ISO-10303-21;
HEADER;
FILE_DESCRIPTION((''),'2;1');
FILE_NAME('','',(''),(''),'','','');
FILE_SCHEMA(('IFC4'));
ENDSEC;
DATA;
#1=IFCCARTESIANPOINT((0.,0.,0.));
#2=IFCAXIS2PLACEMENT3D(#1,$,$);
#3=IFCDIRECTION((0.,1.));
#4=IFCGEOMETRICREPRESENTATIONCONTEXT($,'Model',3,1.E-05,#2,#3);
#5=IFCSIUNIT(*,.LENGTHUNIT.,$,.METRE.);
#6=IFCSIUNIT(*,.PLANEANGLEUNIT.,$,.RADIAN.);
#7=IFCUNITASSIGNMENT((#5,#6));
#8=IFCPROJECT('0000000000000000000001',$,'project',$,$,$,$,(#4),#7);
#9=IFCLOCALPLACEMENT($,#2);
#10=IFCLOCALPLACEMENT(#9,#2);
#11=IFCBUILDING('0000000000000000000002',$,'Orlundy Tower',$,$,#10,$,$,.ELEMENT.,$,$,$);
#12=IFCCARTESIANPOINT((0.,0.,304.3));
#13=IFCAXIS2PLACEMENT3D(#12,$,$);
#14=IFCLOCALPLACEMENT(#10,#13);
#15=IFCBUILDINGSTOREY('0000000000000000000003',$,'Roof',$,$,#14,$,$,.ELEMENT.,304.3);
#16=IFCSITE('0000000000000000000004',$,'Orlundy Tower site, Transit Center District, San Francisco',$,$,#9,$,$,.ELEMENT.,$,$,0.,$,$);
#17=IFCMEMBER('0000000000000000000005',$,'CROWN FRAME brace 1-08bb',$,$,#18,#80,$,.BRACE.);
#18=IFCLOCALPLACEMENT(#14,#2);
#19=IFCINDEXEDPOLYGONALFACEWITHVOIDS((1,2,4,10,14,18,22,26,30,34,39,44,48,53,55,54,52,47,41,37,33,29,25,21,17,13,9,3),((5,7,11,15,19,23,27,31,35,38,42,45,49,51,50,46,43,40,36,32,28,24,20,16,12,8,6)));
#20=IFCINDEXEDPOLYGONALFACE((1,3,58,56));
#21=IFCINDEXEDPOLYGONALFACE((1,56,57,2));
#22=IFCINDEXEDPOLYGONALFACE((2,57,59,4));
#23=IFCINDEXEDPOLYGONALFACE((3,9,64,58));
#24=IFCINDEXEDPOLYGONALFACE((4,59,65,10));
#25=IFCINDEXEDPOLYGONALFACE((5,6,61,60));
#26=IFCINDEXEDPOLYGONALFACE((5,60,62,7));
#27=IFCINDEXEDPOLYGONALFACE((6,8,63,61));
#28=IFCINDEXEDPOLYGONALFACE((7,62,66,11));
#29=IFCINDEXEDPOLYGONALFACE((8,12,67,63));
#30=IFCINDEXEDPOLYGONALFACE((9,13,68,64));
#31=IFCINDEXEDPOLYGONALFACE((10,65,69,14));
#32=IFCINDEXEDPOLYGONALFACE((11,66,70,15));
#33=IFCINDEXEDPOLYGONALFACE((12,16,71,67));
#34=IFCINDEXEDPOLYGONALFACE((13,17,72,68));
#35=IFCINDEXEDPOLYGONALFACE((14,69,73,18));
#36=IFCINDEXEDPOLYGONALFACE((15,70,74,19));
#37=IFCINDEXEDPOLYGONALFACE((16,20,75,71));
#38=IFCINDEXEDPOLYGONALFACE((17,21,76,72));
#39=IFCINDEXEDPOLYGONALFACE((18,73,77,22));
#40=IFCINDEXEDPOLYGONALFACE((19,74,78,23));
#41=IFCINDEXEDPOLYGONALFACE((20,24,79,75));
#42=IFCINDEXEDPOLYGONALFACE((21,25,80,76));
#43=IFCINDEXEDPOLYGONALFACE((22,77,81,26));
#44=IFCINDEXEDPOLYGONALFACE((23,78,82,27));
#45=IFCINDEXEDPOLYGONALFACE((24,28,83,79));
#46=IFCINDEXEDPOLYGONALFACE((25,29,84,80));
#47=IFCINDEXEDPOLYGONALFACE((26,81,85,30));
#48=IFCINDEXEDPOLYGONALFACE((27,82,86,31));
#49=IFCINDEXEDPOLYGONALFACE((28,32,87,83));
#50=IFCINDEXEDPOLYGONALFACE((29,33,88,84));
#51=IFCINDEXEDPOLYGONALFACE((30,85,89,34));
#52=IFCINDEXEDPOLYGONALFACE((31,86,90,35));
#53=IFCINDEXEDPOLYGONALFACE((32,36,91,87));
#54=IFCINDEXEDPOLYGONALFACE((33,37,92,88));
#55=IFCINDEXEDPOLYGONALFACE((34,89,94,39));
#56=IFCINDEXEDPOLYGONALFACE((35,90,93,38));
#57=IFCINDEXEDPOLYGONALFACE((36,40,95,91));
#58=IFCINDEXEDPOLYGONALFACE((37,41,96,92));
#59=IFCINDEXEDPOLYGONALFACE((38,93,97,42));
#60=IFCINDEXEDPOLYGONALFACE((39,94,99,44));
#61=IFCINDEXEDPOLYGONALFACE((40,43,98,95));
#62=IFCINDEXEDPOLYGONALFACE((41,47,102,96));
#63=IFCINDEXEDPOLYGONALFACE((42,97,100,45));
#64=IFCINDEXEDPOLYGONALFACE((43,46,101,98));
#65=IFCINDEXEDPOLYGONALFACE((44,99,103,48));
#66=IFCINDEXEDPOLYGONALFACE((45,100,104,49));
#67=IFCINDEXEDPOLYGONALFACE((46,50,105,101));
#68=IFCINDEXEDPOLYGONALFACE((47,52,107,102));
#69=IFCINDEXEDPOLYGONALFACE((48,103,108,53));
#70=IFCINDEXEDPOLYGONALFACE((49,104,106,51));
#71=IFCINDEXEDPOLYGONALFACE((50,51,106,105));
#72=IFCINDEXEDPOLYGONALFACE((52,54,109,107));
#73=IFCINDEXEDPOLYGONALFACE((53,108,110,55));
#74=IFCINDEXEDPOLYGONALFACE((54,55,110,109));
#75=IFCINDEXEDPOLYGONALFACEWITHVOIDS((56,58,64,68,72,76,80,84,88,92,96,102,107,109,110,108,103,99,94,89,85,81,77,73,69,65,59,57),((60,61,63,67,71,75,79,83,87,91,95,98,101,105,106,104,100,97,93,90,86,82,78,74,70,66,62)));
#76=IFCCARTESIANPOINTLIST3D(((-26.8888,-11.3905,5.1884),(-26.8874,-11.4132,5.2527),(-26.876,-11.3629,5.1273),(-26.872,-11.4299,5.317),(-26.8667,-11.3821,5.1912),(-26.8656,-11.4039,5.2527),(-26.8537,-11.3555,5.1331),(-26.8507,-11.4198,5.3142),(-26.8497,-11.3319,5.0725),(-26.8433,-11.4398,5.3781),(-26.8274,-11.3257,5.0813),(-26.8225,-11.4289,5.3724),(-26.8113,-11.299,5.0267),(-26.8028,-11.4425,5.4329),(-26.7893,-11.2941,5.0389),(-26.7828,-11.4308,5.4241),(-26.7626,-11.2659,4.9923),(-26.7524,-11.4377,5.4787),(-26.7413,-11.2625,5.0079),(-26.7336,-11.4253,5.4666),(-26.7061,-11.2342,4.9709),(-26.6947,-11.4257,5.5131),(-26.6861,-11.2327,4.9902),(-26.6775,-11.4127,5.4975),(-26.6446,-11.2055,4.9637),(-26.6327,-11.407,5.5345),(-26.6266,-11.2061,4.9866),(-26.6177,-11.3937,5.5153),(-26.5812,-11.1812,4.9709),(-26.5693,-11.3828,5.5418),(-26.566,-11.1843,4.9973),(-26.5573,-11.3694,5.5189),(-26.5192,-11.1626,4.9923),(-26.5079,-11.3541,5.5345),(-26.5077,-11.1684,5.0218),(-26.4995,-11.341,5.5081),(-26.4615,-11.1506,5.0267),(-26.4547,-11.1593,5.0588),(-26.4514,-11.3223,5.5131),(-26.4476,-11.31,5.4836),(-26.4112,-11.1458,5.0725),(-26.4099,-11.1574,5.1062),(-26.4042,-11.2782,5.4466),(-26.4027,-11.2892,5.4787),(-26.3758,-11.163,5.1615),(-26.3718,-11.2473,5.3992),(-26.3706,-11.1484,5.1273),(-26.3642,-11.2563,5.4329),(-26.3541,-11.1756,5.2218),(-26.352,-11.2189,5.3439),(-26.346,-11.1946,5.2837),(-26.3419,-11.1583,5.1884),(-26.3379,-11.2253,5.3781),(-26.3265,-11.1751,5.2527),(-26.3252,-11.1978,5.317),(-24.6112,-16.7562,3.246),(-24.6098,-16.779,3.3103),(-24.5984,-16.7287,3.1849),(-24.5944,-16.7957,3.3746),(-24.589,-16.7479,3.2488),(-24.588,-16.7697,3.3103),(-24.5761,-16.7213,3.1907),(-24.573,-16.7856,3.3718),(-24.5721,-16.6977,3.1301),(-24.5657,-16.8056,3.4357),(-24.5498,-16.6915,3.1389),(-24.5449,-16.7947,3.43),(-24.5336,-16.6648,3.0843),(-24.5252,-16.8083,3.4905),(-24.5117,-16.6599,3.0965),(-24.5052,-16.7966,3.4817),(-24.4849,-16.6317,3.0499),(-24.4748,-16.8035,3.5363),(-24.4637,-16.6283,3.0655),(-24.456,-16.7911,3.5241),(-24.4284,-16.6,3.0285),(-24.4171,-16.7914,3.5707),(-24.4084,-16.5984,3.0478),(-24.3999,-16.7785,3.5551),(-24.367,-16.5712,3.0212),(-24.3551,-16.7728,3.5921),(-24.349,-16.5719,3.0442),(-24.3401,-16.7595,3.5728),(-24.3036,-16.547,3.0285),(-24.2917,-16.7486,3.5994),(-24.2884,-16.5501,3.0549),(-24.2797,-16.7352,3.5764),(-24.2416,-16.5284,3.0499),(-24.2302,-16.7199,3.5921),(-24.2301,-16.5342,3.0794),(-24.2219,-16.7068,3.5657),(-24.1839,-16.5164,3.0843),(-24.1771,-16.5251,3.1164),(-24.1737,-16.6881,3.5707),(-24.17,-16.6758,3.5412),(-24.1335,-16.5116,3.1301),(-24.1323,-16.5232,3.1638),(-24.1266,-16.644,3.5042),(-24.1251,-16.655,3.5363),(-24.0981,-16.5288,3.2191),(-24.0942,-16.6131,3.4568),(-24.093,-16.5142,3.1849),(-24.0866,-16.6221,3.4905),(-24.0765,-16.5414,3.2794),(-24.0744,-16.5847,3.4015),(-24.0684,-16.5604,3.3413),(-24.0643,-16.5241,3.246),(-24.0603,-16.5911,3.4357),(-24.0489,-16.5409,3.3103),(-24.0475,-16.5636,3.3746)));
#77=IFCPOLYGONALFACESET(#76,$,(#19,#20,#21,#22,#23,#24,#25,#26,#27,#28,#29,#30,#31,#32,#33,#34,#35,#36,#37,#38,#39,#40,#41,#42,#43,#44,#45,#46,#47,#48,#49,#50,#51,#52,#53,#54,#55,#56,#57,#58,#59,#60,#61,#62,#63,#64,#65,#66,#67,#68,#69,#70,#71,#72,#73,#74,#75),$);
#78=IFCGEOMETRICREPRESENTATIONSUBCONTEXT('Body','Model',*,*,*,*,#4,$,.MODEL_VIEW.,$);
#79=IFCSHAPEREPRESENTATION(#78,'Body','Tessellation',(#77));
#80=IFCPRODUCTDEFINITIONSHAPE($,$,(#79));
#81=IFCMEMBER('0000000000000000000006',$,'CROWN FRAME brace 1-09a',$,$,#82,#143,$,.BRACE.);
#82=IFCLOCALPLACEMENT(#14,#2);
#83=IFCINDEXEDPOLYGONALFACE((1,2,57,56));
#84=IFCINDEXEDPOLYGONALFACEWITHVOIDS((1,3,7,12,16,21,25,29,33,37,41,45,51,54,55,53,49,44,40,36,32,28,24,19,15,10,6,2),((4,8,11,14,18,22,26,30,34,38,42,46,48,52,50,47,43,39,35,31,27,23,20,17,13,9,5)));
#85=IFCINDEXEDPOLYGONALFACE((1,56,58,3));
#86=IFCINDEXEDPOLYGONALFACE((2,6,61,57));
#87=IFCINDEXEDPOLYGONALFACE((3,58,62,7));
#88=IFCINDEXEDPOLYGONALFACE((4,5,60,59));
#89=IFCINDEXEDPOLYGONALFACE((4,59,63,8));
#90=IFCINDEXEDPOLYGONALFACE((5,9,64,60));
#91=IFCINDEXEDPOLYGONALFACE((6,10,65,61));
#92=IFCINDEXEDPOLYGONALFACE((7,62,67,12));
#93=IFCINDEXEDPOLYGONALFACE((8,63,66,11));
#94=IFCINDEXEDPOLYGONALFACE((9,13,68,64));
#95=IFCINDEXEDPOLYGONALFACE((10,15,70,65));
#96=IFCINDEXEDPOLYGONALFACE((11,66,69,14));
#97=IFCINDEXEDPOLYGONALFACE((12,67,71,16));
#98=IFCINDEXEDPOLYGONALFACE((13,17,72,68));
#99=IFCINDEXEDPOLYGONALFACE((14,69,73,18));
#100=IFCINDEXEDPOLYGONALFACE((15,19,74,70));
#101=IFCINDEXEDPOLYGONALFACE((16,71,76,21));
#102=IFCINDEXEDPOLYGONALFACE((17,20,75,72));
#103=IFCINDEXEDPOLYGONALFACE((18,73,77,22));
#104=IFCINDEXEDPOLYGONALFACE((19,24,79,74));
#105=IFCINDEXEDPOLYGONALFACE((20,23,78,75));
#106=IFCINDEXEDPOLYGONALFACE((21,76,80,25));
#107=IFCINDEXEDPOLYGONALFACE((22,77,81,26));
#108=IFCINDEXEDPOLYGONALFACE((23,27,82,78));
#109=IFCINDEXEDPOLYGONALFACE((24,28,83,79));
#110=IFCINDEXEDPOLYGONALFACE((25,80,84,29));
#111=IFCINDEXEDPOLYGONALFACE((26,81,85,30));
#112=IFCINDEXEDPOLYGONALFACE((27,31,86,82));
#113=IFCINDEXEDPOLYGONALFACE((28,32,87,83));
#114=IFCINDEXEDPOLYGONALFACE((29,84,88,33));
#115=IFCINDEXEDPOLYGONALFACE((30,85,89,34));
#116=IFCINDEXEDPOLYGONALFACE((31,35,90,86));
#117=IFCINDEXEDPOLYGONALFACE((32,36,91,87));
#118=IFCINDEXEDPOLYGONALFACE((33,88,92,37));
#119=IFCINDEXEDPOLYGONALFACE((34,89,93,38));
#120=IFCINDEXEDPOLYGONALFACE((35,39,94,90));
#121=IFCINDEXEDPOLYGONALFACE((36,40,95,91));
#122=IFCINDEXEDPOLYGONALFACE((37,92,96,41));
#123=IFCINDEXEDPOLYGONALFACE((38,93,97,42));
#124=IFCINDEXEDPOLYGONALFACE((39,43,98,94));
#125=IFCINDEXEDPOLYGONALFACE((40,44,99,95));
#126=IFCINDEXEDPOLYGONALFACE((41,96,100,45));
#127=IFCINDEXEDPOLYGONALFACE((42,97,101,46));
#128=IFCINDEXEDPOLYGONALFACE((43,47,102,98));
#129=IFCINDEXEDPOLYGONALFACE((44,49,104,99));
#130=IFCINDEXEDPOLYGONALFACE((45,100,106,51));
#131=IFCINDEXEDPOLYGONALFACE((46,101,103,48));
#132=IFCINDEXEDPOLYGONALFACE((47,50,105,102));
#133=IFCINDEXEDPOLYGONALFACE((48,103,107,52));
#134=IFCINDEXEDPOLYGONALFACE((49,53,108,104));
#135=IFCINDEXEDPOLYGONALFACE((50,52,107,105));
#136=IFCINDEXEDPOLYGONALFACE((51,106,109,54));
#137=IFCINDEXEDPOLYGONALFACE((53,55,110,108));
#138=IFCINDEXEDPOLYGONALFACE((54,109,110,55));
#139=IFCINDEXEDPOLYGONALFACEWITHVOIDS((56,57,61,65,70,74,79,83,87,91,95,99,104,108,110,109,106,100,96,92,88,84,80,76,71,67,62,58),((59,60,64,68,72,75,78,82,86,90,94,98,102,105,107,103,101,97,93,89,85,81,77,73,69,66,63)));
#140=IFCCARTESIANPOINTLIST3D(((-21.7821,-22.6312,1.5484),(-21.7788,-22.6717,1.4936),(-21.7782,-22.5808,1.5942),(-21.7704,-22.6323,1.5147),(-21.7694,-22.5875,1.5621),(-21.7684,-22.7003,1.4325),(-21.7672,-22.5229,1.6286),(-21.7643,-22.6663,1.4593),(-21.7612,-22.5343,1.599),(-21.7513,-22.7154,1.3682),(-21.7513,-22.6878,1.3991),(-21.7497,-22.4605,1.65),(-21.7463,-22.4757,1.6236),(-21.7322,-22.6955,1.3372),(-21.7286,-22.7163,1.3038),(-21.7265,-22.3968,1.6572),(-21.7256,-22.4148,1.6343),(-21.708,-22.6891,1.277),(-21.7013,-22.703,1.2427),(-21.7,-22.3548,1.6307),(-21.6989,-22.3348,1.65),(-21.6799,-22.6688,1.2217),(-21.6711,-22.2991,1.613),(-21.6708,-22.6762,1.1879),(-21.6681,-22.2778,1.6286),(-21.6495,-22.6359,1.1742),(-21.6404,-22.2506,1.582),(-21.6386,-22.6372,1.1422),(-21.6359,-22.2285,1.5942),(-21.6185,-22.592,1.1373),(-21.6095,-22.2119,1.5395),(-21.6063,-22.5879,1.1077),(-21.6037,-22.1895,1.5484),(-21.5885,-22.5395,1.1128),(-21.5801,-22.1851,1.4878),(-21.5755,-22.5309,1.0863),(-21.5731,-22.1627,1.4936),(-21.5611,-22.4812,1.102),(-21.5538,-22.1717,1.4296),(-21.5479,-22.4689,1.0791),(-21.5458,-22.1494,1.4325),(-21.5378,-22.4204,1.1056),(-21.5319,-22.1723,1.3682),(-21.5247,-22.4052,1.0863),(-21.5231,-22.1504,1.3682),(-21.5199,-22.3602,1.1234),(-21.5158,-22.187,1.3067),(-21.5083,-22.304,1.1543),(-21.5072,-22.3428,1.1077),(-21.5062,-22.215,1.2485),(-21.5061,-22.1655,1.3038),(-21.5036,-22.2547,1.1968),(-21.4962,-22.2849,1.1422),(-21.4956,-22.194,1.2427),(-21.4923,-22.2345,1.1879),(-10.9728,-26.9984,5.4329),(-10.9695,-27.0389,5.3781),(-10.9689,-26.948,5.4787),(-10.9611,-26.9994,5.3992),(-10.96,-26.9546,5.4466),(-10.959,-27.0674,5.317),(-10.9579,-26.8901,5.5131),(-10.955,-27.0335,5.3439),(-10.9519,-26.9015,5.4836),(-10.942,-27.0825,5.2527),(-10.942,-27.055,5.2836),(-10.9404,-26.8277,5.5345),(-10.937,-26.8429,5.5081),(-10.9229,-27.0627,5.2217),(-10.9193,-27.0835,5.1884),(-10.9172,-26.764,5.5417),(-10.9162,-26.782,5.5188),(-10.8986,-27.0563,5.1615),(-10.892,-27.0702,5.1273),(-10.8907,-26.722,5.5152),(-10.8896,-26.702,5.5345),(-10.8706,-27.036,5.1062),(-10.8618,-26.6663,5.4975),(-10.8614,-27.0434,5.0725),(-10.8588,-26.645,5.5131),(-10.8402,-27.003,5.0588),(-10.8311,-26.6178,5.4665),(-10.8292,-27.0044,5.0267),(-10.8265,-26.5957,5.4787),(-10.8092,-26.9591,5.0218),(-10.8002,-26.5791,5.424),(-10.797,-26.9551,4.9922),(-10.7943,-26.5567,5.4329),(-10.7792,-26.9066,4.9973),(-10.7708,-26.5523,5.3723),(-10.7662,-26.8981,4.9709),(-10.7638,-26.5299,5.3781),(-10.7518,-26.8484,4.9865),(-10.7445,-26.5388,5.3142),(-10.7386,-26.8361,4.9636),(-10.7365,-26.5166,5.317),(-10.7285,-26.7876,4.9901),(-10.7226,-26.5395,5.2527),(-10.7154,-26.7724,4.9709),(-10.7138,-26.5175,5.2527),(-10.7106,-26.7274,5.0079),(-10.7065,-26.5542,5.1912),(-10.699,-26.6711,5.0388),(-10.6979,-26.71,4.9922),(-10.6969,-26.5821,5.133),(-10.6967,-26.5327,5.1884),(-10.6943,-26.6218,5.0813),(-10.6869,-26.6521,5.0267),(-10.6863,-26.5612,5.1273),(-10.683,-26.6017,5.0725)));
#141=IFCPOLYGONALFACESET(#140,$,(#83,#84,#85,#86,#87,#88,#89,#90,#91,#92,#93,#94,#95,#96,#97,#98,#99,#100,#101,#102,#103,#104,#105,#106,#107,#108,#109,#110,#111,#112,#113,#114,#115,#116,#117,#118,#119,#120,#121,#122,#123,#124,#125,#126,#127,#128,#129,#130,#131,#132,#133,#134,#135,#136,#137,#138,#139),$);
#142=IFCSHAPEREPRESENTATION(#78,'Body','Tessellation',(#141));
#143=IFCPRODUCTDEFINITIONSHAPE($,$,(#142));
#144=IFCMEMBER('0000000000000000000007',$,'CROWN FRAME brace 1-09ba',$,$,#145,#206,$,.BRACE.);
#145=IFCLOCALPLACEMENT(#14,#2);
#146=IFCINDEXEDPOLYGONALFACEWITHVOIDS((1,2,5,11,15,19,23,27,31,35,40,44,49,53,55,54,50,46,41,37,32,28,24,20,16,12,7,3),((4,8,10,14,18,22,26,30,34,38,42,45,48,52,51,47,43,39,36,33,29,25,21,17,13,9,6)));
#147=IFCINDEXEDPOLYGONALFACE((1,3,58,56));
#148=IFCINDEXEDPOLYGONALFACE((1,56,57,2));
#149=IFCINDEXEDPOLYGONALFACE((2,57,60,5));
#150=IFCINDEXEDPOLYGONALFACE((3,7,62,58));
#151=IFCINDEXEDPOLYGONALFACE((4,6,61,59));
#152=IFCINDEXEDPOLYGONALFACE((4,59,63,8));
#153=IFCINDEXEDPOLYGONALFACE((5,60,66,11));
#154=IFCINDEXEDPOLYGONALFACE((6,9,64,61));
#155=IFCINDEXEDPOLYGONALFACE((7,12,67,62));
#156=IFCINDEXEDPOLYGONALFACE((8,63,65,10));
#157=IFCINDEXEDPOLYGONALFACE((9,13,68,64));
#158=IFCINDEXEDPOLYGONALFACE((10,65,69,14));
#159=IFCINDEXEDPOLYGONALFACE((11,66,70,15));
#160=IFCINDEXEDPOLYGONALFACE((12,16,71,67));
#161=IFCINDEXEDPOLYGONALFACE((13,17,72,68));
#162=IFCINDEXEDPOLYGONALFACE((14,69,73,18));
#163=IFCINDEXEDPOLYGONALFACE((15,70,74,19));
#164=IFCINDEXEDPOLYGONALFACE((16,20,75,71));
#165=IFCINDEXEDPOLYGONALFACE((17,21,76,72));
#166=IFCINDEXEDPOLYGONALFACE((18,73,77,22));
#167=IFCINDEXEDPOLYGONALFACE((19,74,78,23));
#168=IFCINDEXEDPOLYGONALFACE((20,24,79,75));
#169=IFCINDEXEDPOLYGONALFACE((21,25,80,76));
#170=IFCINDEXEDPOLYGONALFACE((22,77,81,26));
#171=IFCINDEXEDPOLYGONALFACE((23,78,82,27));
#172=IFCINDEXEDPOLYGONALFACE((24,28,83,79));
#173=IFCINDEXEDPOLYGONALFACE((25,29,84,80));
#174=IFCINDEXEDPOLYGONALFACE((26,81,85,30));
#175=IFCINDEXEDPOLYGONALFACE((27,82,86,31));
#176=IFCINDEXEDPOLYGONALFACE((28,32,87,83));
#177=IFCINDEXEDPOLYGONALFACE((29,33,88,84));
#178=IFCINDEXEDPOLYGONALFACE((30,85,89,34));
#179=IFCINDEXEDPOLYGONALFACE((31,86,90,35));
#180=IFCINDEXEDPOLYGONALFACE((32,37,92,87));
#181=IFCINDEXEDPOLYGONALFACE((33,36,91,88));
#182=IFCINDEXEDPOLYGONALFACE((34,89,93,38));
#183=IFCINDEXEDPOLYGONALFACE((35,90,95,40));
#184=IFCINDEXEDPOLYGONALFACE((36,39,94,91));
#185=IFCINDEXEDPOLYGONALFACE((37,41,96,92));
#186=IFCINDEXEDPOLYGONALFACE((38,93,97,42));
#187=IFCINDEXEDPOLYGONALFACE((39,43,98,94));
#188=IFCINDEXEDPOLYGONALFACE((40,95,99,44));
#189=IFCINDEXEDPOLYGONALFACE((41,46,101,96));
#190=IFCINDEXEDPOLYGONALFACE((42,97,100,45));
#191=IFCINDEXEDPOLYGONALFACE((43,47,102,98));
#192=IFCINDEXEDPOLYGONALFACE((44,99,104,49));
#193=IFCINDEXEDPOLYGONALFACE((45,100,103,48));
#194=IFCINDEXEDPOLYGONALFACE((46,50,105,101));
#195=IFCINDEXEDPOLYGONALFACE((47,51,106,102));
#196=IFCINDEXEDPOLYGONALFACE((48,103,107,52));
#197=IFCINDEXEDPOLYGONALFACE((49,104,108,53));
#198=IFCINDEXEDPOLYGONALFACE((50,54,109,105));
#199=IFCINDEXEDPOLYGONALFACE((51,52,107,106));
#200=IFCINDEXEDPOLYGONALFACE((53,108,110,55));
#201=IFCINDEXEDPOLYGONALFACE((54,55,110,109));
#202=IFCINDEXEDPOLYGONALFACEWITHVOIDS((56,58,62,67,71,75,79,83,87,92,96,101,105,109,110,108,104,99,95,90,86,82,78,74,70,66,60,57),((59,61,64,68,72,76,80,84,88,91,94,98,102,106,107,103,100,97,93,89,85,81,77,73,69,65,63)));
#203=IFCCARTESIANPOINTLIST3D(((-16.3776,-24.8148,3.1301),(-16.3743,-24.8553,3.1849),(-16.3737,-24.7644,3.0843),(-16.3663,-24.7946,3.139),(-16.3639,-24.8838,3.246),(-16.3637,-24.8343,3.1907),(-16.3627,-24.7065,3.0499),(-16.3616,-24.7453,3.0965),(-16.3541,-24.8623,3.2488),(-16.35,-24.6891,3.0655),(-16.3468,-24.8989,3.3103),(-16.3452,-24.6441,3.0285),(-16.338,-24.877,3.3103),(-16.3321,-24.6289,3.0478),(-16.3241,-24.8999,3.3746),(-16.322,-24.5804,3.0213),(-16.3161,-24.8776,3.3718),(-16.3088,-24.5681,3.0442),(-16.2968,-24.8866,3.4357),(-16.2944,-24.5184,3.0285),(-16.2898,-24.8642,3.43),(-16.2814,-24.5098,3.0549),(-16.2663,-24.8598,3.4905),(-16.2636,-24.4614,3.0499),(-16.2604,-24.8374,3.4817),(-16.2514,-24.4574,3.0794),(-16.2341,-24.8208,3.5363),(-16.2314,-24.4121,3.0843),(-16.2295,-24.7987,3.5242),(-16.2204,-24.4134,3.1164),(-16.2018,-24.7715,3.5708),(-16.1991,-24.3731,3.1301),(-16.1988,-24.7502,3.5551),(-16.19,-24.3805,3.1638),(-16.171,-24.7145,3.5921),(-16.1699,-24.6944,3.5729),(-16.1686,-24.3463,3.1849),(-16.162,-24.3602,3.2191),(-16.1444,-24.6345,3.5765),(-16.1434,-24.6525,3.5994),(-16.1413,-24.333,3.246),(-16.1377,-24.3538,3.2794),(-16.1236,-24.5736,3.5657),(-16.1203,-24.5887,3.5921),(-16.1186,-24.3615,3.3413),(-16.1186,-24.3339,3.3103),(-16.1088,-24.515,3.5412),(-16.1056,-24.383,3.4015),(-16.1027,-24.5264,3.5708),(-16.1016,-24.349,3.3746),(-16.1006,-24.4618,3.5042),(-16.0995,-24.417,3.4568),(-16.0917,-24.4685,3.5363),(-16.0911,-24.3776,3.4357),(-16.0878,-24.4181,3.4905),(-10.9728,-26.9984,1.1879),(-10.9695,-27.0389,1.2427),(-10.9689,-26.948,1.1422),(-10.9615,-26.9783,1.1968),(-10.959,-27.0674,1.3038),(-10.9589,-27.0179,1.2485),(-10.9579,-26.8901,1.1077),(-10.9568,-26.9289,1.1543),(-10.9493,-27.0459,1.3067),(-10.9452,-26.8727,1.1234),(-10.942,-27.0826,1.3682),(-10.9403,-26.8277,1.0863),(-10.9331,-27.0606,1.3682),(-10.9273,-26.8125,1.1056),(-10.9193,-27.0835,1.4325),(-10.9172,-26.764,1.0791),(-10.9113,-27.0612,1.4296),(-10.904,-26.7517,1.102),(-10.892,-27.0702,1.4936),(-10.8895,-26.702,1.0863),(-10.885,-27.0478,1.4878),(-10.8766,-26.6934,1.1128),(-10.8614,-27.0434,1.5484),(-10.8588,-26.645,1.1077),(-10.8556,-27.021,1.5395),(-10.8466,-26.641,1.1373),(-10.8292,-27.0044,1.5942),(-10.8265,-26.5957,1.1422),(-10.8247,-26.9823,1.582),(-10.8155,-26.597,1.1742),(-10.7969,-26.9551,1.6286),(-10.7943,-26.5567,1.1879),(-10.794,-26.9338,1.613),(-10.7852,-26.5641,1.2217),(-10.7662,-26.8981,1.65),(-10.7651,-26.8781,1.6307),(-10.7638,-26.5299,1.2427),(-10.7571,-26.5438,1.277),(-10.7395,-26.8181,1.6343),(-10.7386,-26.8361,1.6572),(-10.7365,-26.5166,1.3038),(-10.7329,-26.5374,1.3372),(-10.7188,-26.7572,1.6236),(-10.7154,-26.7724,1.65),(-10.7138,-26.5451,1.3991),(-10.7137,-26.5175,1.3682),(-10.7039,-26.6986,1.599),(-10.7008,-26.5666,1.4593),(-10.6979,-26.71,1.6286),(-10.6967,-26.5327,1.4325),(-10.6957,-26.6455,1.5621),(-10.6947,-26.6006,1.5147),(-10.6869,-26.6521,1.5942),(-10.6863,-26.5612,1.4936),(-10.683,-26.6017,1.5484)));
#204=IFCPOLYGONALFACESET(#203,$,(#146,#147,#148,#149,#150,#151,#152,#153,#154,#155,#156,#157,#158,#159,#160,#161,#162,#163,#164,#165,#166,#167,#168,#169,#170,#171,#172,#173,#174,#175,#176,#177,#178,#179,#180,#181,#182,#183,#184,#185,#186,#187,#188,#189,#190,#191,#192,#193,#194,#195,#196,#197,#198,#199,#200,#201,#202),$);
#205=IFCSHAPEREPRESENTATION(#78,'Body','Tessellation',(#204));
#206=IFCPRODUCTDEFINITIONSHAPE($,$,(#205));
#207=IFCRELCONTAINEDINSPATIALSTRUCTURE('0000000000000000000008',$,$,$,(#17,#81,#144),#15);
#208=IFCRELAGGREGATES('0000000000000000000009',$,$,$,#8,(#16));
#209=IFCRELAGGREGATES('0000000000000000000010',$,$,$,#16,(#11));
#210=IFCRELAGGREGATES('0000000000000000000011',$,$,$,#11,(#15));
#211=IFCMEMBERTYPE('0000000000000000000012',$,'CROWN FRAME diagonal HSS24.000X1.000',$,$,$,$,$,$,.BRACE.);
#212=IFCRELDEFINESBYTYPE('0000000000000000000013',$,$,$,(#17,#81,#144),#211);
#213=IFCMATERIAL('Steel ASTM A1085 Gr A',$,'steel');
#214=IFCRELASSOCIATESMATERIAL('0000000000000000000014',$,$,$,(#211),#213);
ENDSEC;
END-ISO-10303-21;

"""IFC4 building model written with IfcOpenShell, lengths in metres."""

from ifc_helpers import new_model, si_unit, direction, frame, origin, origin_2d, place, context, subcontext, project, spatial, hollow_circle, extrude, material, material_profile, profile_set, type_object, element, save


model = new_model("IFC4")

# Units and contexts
model_context = context("Model", 3, precision=1e-05, world=origin(), true_north=direction((0.0, 1.0)))
body_context = subcontext(model_context, "Body", "Model", "MODEL_VIEW")
ifc_project = project(units=[si_unit("LENGTHUNIT", "METRE"), si_unit("PLANEANGLEUNIT", "RADIAN")], contexts=[model_context])

# Site, building, storey
site_placement = place(None, origin())
site = spatial("IfcSite", under=ifc_project, at=site_placement, Name="Orlundy Tower site, Transit Center District, San Francisco", CompositionType="ELEMENT", RefElevation=0.0)
building_placement = place(site_placement, origin())
building = spatial("IfcBuilding", under=site, at=building_placement, Name="Orlundy Tower", CompositionType="ELEMENT")
storey_placement = place(building_placement, frame((0.0, 0.0, 304.3)))
storey = spatial("IfcBuildingStorey", under=building, at=storey_placement, Name="Roof", CompositionType="ELEMENT", Elevation=304.3)

# Members
ifc_material_1 = material(Name="Steel ASTM A1085 Gr A", Category="steel")
ifc_material_profile_1 = material_profile(ifc_material_1, hollow_circle(Radius=0.3047, WallThickness=0.0237, at=origin_2d()), Name="HSS24.000X1.000")
ifc_profile_set_1 = profile_set([ifc_material_profile_1], Name="Steel ASTM A1085 Gr A")
member_type_1 = type_object("IfcMemberType", Name="CROWN FRAME diagonal HSS24.000X1.000", PredefinedType="BRACE", material=ifc_profile_set_1)
member_1_placement = place(storey_placement, frame((-24.3293, -16.6599, 3.3103), z_axis=(-0.370689, 0.873298, 0.316133), x_axis=(-0.920506, -0.390727, 0.0)))
element("IfcMember", 1, at=member_1_placement, inside=storey, type_object=member_type_1, Name="CROWN FRAME brace 1-08bb", PredefinedType="BRACE", context=body_context, shape_type="SweptSolid", body=[
    extrude(hollow_circle(Radius=0.3047, WallThickness=0.0237, at=origin_2d()), origin(), (0.0, 0.0, 1.0), 6.1443),
])
member_2_placement = place(storey_placement, frame((-21.6372, -22.4329, 1.3682), z_axis=(0.879641, -0.355393, 0.316114), x_axis=(0.374602, 0.927186, 0.0)))
element("IfcMember", 2, at=member_2_placement, inside=storey, type_object=member_type_1, Name="CROWN FRAME brace 1-09a", PredefinedType="BRACE", context=body_context, shape_type="SweptSolid", body=[
    extrude(hollow_circle(Radius=0.3047, WallThickness=0.0237, at=origin_2d()), origin(), (0.0, 0.0, 1.0), 12.2883),
])
member_3_placement = place(storey_placement, frame((-10.8279, -26.8, 1.3682), z_axis=(-0.879651, 0.355389, 0.316091), x_axis=(-0.374595, -0.927189, 0.0)))
element("IfcMember", 3, at=member_3_placement, inside=storey, type_object=member_type_1, Name="CROWN FRAME brace 1-09ba", PredefinedType="BRACE", context=body_context, shape_type="SweptSolid", body=[
    extrude(hollow_circle(Radius=0.3047, WallThickness=0.0237, at=origin_2d()), origin(), (0.0, 0.0, 1.0), 6.1443),
])

save(model, "model.ifc")
